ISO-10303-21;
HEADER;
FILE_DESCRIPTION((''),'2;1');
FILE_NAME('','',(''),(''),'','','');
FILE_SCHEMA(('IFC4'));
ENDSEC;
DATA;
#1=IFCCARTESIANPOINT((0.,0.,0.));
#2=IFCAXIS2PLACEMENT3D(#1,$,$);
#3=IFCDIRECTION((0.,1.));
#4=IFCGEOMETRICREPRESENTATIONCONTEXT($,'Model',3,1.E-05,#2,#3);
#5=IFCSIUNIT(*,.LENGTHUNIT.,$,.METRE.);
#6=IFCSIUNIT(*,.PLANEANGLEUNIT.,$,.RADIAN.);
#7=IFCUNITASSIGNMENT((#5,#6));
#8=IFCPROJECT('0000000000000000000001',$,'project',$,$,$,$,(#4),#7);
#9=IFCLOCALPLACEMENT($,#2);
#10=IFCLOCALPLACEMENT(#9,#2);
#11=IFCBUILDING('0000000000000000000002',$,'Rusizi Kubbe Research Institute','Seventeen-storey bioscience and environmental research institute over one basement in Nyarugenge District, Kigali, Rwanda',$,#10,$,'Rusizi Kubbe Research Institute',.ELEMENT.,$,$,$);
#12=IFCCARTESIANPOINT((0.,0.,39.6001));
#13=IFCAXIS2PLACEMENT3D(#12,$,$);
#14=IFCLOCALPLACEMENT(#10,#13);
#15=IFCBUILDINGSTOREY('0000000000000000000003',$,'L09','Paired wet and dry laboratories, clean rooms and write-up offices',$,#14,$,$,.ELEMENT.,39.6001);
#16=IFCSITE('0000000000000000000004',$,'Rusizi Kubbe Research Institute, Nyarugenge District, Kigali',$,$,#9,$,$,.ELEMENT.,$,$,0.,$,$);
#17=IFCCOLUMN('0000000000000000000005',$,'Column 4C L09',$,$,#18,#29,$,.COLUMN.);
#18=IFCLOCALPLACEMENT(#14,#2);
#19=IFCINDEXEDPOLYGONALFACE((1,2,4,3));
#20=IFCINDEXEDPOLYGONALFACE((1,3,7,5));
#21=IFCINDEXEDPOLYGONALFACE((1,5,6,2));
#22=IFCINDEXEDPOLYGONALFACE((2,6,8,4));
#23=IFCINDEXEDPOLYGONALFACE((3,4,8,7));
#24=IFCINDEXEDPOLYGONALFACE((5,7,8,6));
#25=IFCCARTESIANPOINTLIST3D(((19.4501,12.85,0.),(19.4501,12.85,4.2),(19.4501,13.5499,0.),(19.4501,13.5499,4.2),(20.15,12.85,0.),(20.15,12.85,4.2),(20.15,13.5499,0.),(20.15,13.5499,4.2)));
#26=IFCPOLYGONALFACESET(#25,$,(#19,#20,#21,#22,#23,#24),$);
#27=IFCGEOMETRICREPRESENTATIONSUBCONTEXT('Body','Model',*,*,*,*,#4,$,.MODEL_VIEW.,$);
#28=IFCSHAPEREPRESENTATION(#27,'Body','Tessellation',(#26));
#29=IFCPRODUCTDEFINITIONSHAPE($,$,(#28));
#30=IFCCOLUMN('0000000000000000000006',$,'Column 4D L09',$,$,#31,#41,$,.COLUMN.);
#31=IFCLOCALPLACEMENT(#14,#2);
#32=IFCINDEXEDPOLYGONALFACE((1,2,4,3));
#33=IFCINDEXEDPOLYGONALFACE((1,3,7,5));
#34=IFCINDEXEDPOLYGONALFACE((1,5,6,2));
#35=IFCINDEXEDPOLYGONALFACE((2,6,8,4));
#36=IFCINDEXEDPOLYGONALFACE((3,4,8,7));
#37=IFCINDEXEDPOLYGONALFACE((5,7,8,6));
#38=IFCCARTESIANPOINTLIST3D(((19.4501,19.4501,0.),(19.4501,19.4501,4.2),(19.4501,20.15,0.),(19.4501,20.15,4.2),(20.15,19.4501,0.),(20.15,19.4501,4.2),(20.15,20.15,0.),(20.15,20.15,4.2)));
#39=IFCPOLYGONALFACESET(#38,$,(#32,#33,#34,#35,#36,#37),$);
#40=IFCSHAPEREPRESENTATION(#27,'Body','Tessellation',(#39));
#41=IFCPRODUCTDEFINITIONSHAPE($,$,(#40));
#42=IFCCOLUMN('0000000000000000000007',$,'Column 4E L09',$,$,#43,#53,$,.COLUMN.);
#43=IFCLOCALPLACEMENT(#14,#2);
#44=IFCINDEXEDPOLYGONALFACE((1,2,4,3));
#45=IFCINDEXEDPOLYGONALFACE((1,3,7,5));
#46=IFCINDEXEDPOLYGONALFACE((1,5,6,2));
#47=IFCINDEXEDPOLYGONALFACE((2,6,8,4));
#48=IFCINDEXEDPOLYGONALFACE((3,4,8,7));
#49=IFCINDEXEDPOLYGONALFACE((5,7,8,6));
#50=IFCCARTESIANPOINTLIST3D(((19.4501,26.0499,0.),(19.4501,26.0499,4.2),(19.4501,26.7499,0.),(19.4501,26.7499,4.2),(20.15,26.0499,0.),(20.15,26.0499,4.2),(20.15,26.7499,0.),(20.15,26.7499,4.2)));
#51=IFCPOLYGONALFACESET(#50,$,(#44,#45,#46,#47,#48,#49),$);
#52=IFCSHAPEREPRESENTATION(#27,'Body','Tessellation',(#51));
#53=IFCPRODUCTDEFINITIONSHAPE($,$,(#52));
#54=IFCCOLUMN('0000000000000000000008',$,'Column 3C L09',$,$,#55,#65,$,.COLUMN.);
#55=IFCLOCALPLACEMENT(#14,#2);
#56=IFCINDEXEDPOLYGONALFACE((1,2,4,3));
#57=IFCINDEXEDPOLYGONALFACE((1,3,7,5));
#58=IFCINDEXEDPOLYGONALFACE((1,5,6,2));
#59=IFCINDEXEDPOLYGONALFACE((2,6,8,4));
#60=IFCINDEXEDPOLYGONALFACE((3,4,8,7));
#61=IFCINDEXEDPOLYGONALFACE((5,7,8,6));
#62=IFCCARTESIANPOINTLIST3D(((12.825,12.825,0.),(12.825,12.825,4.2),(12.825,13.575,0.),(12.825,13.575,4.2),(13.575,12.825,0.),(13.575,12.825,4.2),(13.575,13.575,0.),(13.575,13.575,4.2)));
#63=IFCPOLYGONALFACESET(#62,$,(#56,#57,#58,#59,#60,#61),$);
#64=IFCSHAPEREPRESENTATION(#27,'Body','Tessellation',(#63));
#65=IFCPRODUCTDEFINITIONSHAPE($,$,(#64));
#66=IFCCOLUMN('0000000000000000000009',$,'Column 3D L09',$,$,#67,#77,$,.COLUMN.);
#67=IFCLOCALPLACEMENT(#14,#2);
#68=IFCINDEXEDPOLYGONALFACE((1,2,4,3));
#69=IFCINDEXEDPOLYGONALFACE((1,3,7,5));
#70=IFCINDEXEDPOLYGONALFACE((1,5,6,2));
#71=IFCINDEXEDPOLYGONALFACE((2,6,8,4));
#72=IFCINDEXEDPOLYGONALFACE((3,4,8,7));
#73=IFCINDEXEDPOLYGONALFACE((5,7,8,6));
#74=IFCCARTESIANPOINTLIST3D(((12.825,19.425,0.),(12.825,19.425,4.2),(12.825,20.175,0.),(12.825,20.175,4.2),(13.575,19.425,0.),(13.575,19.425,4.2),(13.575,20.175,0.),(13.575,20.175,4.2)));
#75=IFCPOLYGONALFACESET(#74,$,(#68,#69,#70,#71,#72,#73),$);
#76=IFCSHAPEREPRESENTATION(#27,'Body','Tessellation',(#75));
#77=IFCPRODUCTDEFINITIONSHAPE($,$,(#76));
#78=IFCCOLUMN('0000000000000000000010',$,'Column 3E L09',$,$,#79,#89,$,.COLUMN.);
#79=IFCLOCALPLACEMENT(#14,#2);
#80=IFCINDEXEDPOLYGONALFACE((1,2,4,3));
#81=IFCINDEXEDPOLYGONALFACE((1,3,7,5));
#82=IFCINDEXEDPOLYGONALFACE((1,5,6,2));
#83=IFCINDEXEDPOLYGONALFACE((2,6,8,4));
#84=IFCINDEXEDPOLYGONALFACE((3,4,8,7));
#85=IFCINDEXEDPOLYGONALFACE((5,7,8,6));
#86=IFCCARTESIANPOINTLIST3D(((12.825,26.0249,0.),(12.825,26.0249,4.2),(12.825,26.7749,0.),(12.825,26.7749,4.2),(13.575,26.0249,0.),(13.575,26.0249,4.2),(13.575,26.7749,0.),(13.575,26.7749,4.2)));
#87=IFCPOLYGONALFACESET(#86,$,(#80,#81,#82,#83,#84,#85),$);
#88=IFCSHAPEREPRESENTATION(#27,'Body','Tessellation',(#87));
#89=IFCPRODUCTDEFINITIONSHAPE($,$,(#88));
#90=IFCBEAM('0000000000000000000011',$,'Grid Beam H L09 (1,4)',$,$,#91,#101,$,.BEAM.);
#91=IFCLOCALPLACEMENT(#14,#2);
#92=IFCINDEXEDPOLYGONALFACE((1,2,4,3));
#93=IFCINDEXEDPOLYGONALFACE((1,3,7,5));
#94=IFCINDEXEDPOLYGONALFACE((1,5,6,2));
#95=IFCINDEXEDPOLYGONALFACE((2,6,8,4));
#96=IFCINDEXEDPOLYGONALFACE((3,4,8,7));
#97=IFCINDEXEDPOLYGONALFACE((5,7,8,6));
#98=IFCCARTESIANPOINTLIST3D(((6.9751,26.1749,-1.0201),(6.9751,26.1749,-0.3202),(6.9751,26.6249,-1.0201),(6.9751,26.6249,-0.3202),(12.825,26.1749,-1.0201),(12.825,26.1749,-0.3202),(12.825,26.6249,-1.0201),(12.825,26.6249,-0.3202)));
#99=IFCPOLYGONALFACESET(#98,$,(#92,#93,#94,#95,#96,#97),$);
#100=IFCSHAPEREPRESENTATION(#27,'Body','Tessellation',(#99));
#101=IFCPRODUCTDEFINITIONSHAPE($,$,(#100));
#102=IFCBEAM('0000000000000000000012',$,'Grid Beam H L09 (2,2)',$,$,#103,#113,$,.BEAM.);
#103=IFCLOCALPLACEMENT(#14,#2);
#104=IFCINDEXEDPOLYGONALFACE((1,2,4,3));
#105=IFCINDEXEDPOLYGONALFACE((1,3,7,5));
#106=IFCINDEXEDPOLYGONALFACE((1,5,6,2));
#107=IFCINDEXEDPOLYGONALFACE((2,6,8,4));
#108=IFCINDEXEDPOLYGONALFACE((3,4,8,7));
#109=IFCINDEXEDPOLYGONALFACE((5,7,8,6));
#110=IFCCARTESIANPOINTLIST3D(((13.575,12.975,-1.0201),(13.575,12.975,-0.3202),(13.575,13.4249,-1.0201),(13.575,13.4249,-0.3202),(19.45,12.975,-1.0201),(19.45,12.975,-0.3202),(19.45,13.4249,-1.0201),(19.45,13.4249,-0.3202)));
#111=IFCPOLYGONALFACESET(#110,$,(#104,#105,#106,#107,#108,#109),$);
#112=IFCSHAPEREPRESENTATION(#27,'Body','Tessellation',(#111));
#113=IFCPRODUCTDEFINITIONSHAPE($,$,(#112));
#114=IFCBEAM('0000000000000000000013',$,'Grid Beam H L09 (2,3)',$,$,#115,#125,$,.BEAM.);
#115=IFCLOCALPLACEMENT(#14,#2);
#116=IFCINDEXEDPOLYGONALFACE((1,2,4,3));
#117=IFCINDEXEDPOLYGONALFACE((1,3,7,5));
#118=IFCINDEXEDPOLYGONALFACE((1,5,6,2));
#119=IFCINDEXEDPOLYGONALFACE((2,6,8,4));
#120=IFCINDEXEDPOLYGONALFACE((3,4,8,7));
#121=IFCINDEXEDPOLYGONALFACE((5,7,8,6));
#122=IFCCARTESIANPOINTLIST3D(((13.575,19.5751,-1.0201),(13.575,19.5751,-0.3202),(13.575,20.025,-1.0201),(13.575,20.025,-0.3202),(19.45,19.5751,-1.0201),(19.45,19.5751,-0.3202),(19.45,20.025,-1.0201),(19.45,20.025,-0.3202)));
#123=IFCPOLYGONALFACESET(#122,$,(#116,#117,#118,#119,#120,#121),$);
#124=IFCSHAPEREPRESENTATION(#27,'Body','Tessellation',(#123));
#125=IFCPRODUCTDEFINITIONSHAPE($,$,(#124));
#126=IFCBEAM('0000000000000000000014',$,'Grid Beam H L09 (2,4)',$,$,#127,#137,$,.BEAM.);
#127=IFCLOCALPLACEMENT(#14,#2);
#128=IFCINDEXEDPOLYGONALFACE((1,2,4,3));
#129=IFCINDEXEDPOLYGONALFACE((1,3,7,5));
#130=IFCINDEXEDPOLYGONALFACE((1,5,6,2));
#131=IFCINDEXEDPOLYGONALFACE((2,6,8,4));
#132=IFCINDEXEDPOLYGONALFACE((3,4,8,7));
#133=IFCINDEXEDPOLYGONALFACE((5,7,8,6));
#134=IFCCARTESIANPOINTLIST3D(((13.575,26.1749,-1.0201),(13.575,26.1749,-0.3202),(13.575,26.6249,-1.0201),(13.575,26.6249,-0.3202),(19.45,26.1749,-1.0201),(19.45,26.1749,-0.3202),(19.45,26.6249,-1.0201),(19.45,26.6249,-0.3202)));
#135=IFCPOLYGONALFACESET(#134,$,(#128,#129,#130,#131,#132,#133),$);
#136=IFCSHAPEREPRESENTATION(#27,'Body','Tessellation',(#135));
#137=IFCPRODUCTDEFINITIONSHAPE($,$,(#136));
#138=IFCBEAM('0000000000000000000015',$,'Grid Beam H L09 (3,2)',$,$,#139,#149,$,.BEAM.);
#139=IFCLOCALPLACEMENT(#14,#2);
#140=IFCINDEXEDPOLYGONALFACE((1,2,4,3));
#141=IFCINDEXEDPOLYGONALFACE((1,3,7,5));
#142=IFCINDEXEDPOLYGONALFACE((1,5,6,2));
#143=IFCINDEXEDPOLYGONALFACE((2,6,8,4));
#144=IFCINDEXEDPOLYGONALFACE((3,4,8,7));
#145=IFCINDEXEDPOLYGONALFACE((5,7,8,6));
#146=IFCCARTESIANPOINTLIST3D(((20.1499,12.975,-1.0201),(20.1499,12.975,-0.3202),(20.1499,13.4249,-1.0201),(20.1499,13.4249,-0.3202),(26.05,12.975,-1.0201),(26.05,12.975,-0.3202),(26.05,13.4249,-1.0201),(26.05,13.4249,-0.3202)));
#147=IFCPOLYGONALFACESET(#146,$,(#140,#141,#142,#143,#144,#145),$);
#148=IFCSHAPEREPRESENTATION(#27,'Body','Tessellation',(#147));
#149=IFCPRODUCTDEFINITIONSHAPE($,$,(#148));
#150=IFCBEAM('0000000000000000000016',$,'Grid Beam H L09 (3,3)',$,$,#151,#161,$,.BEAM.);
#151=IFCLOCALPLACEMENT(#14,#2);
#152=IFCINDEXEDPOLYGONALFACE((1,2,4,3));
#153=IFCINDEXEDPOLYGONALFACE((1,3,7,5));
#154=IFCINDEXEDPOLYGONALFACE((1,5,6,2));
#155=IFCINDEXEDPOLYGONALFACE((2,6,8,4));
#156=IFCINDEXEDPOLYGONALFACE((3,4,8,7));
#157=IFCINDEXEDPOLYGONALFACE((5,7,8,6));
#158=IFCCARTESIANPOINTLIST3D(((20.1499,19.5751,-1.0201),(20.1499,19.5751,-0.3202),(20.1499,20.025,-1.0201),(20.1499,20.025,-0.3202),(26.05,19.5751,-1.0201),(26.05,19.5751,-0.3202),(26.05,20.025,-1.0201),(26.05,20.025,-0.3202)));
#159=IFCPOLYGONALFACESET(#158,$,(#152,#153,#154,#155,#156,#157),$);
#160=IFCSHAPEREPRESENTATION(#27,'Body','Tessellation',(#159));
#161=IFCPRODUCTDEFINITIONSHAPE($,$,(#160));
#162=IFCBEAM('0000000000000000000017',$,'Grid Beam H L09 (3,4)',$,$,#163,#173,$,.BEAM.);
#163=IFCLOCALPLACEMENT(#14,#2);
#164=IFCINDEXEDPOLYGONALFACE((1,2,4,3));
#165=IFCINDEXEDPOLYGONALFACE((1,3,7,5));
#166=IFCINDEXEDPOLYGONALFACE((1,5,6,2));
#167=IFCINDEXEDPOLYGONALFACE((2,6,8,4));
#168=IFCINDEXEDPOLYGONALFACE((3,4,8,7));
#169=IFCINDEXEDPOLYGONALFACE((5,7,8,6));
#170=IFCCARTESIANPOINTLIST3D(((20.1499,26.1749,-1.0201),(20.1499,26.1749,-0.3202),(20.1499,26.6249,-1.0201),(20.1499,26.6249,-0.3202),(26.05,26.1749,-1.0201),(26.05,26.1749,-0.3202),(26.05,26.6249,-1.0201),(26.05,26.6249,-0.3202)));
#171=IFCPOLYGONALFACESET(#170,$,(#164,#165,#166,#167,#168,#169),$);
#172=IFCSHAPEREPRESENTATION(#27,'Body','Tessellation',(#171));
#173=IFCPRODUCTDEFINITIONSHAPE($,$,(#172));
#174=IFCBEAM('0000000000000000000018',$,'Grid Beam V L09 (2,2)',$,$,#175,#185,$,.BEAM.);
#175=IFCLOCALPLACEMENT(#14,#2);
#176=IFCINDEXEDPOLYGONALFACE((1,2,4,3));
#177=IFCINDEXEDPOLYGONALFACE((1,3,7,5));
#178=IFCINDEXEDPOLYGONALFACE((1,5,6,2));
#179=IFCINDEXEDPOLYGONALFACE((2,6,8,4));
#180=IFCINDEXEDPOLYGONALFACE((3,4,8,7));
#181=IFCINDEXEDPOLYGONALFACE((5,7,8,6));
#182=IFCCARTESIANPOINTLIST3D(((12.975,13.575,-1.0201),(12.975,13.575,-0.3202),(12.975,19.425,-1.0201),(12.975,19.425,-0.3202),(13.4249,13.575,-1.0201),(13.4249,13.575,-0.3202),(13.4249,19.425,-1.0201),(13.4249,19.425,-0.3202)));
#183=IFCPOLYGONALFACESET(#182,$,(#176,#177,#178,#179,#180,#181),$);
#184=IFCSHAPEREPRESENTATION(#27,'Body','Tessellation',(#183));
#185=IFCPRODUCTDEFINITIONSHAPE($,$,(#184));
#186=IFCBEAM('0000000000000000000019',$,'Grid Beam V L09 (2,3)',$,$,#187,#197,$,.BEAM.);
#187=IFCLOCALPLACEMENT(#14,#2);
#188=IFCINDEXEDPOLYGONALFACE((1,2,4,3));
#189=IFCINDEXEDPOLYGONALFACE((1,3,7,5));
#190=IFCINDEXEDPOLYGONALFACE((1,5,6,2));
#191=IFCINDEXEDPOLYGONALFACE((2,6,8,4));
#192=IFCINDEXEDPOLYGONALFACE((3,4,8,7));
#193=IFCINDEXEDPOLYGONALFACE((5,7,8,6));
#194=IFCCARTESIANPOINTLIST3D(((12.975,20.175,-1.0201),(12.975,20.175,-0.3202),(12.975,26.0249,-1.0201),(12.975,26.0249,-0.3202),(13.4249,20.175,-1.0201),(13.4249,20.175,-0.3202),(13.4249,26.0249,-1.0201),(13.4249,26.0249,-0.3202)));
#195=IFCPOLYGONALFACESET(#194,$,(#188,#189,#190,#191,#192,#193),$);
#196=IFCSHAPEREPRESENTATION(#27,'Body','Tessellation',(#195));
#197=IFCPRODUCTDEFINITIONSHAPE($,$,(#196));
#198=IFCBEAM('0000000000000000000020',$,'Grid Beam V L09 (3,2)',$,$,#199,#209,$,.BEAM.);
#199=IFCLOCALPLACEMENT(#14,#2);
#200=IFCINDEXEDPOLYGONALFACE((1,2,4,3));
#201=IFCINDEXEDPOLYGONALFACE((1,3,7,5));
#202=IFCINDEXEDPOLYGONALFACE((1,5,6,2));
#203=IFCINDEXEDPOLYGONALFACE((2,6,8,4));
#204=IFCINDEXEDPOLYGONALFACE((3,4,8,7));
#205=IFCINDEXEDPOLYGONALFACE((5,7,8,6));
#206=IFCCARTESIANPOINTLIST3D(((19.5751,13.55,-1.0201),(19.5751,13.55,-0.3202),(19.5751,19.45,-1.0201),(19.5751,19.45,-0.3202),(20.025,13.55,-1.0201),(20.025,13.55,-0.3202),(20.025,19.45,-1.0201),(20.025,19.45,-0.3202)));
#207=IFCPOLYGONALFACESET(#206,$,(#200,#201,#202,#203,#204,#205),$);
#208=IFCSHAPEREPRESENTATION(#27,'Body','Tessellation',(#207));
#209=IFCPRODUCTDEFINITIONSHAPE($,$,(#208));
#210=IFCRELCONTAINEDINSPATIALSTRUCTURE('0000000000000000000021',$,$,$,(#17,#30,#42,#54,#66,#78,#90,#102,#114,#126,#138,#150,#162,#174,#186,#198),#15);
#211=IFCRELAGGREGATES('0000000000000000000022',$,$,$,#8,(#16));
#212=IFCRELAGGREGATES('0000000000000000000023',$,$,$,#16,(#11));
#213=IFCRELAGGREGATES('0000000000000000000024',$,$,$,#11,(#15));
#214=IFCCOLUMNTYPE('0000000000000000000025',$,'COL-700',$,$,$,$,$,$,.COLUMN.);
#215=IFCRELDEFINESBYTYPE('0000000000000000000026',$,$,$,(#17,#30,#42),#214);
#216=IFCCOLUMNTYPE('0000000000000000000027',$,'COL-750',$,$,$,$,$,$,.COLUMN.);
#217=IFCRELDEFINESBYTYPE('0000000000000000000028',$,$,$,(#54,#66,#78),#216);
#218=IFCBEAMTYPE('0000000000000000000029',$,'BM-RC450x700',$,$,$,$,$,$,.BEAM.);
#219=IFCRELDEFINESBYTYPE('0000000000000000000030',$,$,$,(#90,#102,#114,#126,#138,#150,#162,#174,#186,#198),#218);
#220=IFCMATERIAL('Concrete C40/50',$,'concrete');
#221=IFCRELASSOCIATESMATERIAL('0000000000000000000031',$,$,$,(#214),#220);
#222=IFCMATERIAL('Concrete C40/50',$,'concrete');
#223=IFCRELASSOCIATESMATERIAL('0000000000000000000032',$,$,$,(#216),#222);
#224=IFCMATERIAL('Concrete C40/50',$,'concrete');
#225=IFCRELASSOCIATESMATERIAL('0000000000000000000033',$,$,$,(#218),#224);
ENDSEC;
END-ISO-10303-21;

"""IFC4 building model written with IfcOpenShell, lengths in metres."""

from ifc_helpers import new_model, si_unit, direction, frame, origin, origin_2d, place, context, subcontext, project, spatial, rectangle, extrude, material, material_profile, profile_set, type_object, element, save


model = new_model("IFC4")

# Units and contexts
model_context = context("Model", 3, precision=1e-05, world=origin(), true_north=direction((0.0, 1.0)))
body_context = subcontext(model_context, "Body", "Model", "MODEL_VIEW")
ifc_project = project(units=[si_unit("LENGTHUNIT", "METRE"), si_unit("PLANEANGLEUNIT", "RADIAN")], contexts=[model_context])

# Site, building, storey
site_placement = place(None, origin())
site = spatial("IfcSite", under=ifc_project, at=site_placement, Name="Rusizi Kubbe Research Institute, Nyarugenge District, Kigali", CompositionType="ELEMENT", RefElevation=0.0)
building_placement = place(site_placement, origin())
building = spatial("IfcBuilding", under=site, at=building_placement, Name="Rusizi Kubbe Research Institute", Description="Seventeen-storey bioscience and environmental research institute over one basement in Nyarugenge District, Kigali, Rwanda", LongName="Rusizi Kubbe Research Institute", CompositionType="ELEMENT")
storey_placement = place(building_placement, frame((0.0, 0.0, 39.6001)))
storey = spatial("IfcBuildingStorey", under=building, at=storey_placement, Name="L09", Description="Paired wet and dry laboratories, clean rooms and write-up offices", CompositionType="ELEMENT", Elevation=39.6001)

# Columns
ifc_material_1 = material(Name="Concrete C40/50", Category="concrete")
ifc_material_profile_1 = material_profile(ifc_material_1, rectangle(XDim=0.7, YDim=0.7, at=origin_2d()), Name="RC700x700")
ifc_profile_set_1 = profile_set([ifc_material_profile_1], Name="Concrete C40/50")
column_type_1 = type_object("IfcColumnType", Name="COL-700", PredefinedType="COLUMN", material=ifc_profile_set_1)
for number, where, z_axis, x_axis, name in (
    (1, (19.8, 13.2, 0.0), (0.0, 0.0, 1.0), (1.0, 0.0, 0.0), "Column 4C L09"),
    (2, (19.8, 19.8, 0.0), (0.0, 0.0, 1.0), (1.0, 0.0, 0.0), "Column 4D L09"),
    (3, (19.8, 26.3999, 0.0), (0.0, 0.0, 1.0), (1.0, 0.0, 0.0), "Column 4E L09"),
):
    element("IfcColumn", number, at=place(storey_placement, frame(where, z_axis=z_axis, x_axis=x_axis)), inside=storey, type_object=column_type_1, Name=name, PredefinedType="COLUMN", context=body_context, shape_type="SweptSolid", body=[
        extrude(rectangle(XDim=0.7, YDim=0.7, at=origin_2d()), origin(), (0.0, 0.0, 1.0), 4.2),
    ])
ifc_material_2 = material(Name="Concrete C40/50", Category="concrete")
ifc_material_profile_2 = material_profile(ifc_material_2, rectangle(XDim=0.75, YDim=0.75, at=origin_2d()), Name="RC750x750")
ifc_profile_set_2 = profile_set([ifc_material_profile_2], Name="Concrete C40/50")
column_type_2 = type_object("IfcColumnType", Name="COL-750", PredefinedType="COLUMN", material=ifc_profile_set_2)
for number, where, z_axis, x_axis, name in (
    (4, (13.2, 13.2, 0.0), (0.0, 0.0, 1.0), (1.0, 0.0, 0.0), "Column 3C L09"),
    (5, (13.2, 19.8, 0.0), (0.0, 0.0, 1.0), (1.0, 0.0, 0.0), "Column 3D L09"),
    (6, (13.2, 26.3999, 0.0), (0.0, 0.0, 1.0), (1.0, 0.0, 0.0), "Column 3E L09"),
):
    element("IfcColumn", number, at=place(storey_placement, frame(where, z_axis=z_axis, x_axis=x_axis)), inside=storey, type_object=column_type_2, Name=name, PredefinedType="COLUMN", context=body_context, shape_type="SweptSolid", body=[
        extrude(rectangle(XDim=0.75, YDim=0.75, at=origin_2d()), origin(), (0.0, 0.0, 1.0), 4.2),
    ])

# Beams
ifc_material_3 = material(Name="Concrete C40/50", Category="concrete")
ifc_material_profile_3 = material_profile(ifc_material_3, rectangle(XDim=0.45, YDim=0.7, at=origin_2d()), Name="RC450x700B")
ifc_profile_set_3 = profile_set([ifc_material_profile_3], Name="Concrete C40/50")
beam_type = type_object("IfcBeamType", Name="BM-RC450x700", PredefinedType="BEAM", material=ifc_profile_set_3)
beam_1_placement = place(storey_placement, frame((6.9751, 26.3999, -0.6702), z_axis=(1.0, 0.0, 0.0), x_axis=(0.0, 1.0, 0.0)))
element("IfcBeam", 7, at=beam_1_placement, inside=storey, type_object=beam_type, Name="Grid Beam H L09 (1,4)", PredefinedType="BEAM", context=body_context, shape_type="SweptSolid", body=[
    extrude(rectangle(XDim=0.45, YDim=0.7, at=origin_2d()), origin(), (0.0, 0.0, 1.0), 5.8499),
])
for number, where, z_axis, x_axis, name in (
    (8, (13.575, 13.2, -0.6702), (1.0, 0.0, 0.0), (0.0, 1.0, 0.0), "Grid Beam H L09 (2,2)"),
    (9, (13.575, 19.8, -0.6702), (1.0, 0.0, 0.0), (0.0, 1.0, 0.0), "Grid Beam H L09 (2,3)"),
    (10, (13.575, 26.3999, -0.6702), (1.0, 0.0, 0.0), (0.0, 1.0, 0.0), "Grid Beam H L09 (2,4)"),
):
    element("IfcBeam", number, at=place(storey_placement, frame(where, z_axis=z_axis, x_axis=x_axis)), inside=storey, type_object=beam_type, Name=name, PredefinedType="BEAM", context=body_context, shape_type="SweptSolid", body=[
        extrude(rectangle(XDim=0.45, YDim=0.7, at=origin_2d()), origin(), (0.0, 0.0, 1.0), 5.875),
    ])
for number, where, z_axis, x_axis, name in (
    (11, (20.1499, 13.2, -0.6702), (1.0, 0.0, 0.0), (0.0, 1.0, 0.0), "Grid Beam H L09 (3,2)"),
    (12, (20.1499, 19.8, -0.6702), (1.0, 0.0, 0.0), (0.0, 1.0, 0.0), "Grid Beam H L09 (3,3)"),
    (13, (20.1499, 26.3999, -0.6702), (1.0, 0.0, 0.0), (0.0, 1.0, 0.0), "Grid Beam H L09 (3,4)"),
):
    element("IfcBeam", number, at=place(storey_placement, frame(where, z_axis=z_axis, x_axis=x_axis)), inside=storey, type_object=beam_type, Name=name, PredefinedType="BEAM", context=body_context, shape_type="SweptSolid", body=[
        extrude(rectangle(XDim=0.45, YDim=0.7, at=origin_2d()), origin(), (0.0, 0.0, 1.0), 5.9001),
    ])
beam_2_placement = place(storey_placement, frame((13.2, 13.575, -0.6702), z_axis=(0.0, 1.0, 0.0), x_axis=(-1.0, 0.0, 0.0)))
element("IfcBeam", 14, at=beam_2_placement, inside=storey, type_object=beam_type, Name="Grid Beam V L09 (2,2)", PredefinedType="BEAM", context=body_context, shape_type="SweptSolid", body=[
    extrude(rectangle(XDim=0.45, YDim=0.7, at=origin_2d()), origin(), (0.0, 0.0, 1.0), 5.8501),
])
beam_3_placement = place(storey_placement, frame((13.2, 20.175, -0.6702), z_axis=(0.0, 1.0, 0.0), x_axis=(-1.0, 0.0, 0.0)))
element("IfcBeam", 15, at=beam_3_placement, inside=storey, type_object=beam_type, Name="Grid Beam V L09 (2,3)", PredefinedType="BEAM", context=body_context, shape_type="SweptSolid", body=[
    extrude(rectangle(XDim=0.45, YDim=0.7, at=origin_2d()), origin(), (0.0, 0.0, 1.0), 5.8499),
])
beam_4_placement = place(storey_placement, frame((19.8, 13.55, -0.6702), z_axis=(0.0, 1.0, 0.0), x_axis=(-1.0, 0.0, 0.0)))
element("IfcBeam", 16, at=beam_4_placement, inside=storey, type_object=beam_type, Name="Grid Beam V L09 (3,2)", PredefinedType="BEAM", context=body_context, shape_type="SweptSolid", body=[
    extrude(rectangle(XDim=0.45, YDim=0.7, at=origin_2d()), origin(), (0.0, 0.0, 1.0), 5.8999),
])

save(model, "model.ifc")
